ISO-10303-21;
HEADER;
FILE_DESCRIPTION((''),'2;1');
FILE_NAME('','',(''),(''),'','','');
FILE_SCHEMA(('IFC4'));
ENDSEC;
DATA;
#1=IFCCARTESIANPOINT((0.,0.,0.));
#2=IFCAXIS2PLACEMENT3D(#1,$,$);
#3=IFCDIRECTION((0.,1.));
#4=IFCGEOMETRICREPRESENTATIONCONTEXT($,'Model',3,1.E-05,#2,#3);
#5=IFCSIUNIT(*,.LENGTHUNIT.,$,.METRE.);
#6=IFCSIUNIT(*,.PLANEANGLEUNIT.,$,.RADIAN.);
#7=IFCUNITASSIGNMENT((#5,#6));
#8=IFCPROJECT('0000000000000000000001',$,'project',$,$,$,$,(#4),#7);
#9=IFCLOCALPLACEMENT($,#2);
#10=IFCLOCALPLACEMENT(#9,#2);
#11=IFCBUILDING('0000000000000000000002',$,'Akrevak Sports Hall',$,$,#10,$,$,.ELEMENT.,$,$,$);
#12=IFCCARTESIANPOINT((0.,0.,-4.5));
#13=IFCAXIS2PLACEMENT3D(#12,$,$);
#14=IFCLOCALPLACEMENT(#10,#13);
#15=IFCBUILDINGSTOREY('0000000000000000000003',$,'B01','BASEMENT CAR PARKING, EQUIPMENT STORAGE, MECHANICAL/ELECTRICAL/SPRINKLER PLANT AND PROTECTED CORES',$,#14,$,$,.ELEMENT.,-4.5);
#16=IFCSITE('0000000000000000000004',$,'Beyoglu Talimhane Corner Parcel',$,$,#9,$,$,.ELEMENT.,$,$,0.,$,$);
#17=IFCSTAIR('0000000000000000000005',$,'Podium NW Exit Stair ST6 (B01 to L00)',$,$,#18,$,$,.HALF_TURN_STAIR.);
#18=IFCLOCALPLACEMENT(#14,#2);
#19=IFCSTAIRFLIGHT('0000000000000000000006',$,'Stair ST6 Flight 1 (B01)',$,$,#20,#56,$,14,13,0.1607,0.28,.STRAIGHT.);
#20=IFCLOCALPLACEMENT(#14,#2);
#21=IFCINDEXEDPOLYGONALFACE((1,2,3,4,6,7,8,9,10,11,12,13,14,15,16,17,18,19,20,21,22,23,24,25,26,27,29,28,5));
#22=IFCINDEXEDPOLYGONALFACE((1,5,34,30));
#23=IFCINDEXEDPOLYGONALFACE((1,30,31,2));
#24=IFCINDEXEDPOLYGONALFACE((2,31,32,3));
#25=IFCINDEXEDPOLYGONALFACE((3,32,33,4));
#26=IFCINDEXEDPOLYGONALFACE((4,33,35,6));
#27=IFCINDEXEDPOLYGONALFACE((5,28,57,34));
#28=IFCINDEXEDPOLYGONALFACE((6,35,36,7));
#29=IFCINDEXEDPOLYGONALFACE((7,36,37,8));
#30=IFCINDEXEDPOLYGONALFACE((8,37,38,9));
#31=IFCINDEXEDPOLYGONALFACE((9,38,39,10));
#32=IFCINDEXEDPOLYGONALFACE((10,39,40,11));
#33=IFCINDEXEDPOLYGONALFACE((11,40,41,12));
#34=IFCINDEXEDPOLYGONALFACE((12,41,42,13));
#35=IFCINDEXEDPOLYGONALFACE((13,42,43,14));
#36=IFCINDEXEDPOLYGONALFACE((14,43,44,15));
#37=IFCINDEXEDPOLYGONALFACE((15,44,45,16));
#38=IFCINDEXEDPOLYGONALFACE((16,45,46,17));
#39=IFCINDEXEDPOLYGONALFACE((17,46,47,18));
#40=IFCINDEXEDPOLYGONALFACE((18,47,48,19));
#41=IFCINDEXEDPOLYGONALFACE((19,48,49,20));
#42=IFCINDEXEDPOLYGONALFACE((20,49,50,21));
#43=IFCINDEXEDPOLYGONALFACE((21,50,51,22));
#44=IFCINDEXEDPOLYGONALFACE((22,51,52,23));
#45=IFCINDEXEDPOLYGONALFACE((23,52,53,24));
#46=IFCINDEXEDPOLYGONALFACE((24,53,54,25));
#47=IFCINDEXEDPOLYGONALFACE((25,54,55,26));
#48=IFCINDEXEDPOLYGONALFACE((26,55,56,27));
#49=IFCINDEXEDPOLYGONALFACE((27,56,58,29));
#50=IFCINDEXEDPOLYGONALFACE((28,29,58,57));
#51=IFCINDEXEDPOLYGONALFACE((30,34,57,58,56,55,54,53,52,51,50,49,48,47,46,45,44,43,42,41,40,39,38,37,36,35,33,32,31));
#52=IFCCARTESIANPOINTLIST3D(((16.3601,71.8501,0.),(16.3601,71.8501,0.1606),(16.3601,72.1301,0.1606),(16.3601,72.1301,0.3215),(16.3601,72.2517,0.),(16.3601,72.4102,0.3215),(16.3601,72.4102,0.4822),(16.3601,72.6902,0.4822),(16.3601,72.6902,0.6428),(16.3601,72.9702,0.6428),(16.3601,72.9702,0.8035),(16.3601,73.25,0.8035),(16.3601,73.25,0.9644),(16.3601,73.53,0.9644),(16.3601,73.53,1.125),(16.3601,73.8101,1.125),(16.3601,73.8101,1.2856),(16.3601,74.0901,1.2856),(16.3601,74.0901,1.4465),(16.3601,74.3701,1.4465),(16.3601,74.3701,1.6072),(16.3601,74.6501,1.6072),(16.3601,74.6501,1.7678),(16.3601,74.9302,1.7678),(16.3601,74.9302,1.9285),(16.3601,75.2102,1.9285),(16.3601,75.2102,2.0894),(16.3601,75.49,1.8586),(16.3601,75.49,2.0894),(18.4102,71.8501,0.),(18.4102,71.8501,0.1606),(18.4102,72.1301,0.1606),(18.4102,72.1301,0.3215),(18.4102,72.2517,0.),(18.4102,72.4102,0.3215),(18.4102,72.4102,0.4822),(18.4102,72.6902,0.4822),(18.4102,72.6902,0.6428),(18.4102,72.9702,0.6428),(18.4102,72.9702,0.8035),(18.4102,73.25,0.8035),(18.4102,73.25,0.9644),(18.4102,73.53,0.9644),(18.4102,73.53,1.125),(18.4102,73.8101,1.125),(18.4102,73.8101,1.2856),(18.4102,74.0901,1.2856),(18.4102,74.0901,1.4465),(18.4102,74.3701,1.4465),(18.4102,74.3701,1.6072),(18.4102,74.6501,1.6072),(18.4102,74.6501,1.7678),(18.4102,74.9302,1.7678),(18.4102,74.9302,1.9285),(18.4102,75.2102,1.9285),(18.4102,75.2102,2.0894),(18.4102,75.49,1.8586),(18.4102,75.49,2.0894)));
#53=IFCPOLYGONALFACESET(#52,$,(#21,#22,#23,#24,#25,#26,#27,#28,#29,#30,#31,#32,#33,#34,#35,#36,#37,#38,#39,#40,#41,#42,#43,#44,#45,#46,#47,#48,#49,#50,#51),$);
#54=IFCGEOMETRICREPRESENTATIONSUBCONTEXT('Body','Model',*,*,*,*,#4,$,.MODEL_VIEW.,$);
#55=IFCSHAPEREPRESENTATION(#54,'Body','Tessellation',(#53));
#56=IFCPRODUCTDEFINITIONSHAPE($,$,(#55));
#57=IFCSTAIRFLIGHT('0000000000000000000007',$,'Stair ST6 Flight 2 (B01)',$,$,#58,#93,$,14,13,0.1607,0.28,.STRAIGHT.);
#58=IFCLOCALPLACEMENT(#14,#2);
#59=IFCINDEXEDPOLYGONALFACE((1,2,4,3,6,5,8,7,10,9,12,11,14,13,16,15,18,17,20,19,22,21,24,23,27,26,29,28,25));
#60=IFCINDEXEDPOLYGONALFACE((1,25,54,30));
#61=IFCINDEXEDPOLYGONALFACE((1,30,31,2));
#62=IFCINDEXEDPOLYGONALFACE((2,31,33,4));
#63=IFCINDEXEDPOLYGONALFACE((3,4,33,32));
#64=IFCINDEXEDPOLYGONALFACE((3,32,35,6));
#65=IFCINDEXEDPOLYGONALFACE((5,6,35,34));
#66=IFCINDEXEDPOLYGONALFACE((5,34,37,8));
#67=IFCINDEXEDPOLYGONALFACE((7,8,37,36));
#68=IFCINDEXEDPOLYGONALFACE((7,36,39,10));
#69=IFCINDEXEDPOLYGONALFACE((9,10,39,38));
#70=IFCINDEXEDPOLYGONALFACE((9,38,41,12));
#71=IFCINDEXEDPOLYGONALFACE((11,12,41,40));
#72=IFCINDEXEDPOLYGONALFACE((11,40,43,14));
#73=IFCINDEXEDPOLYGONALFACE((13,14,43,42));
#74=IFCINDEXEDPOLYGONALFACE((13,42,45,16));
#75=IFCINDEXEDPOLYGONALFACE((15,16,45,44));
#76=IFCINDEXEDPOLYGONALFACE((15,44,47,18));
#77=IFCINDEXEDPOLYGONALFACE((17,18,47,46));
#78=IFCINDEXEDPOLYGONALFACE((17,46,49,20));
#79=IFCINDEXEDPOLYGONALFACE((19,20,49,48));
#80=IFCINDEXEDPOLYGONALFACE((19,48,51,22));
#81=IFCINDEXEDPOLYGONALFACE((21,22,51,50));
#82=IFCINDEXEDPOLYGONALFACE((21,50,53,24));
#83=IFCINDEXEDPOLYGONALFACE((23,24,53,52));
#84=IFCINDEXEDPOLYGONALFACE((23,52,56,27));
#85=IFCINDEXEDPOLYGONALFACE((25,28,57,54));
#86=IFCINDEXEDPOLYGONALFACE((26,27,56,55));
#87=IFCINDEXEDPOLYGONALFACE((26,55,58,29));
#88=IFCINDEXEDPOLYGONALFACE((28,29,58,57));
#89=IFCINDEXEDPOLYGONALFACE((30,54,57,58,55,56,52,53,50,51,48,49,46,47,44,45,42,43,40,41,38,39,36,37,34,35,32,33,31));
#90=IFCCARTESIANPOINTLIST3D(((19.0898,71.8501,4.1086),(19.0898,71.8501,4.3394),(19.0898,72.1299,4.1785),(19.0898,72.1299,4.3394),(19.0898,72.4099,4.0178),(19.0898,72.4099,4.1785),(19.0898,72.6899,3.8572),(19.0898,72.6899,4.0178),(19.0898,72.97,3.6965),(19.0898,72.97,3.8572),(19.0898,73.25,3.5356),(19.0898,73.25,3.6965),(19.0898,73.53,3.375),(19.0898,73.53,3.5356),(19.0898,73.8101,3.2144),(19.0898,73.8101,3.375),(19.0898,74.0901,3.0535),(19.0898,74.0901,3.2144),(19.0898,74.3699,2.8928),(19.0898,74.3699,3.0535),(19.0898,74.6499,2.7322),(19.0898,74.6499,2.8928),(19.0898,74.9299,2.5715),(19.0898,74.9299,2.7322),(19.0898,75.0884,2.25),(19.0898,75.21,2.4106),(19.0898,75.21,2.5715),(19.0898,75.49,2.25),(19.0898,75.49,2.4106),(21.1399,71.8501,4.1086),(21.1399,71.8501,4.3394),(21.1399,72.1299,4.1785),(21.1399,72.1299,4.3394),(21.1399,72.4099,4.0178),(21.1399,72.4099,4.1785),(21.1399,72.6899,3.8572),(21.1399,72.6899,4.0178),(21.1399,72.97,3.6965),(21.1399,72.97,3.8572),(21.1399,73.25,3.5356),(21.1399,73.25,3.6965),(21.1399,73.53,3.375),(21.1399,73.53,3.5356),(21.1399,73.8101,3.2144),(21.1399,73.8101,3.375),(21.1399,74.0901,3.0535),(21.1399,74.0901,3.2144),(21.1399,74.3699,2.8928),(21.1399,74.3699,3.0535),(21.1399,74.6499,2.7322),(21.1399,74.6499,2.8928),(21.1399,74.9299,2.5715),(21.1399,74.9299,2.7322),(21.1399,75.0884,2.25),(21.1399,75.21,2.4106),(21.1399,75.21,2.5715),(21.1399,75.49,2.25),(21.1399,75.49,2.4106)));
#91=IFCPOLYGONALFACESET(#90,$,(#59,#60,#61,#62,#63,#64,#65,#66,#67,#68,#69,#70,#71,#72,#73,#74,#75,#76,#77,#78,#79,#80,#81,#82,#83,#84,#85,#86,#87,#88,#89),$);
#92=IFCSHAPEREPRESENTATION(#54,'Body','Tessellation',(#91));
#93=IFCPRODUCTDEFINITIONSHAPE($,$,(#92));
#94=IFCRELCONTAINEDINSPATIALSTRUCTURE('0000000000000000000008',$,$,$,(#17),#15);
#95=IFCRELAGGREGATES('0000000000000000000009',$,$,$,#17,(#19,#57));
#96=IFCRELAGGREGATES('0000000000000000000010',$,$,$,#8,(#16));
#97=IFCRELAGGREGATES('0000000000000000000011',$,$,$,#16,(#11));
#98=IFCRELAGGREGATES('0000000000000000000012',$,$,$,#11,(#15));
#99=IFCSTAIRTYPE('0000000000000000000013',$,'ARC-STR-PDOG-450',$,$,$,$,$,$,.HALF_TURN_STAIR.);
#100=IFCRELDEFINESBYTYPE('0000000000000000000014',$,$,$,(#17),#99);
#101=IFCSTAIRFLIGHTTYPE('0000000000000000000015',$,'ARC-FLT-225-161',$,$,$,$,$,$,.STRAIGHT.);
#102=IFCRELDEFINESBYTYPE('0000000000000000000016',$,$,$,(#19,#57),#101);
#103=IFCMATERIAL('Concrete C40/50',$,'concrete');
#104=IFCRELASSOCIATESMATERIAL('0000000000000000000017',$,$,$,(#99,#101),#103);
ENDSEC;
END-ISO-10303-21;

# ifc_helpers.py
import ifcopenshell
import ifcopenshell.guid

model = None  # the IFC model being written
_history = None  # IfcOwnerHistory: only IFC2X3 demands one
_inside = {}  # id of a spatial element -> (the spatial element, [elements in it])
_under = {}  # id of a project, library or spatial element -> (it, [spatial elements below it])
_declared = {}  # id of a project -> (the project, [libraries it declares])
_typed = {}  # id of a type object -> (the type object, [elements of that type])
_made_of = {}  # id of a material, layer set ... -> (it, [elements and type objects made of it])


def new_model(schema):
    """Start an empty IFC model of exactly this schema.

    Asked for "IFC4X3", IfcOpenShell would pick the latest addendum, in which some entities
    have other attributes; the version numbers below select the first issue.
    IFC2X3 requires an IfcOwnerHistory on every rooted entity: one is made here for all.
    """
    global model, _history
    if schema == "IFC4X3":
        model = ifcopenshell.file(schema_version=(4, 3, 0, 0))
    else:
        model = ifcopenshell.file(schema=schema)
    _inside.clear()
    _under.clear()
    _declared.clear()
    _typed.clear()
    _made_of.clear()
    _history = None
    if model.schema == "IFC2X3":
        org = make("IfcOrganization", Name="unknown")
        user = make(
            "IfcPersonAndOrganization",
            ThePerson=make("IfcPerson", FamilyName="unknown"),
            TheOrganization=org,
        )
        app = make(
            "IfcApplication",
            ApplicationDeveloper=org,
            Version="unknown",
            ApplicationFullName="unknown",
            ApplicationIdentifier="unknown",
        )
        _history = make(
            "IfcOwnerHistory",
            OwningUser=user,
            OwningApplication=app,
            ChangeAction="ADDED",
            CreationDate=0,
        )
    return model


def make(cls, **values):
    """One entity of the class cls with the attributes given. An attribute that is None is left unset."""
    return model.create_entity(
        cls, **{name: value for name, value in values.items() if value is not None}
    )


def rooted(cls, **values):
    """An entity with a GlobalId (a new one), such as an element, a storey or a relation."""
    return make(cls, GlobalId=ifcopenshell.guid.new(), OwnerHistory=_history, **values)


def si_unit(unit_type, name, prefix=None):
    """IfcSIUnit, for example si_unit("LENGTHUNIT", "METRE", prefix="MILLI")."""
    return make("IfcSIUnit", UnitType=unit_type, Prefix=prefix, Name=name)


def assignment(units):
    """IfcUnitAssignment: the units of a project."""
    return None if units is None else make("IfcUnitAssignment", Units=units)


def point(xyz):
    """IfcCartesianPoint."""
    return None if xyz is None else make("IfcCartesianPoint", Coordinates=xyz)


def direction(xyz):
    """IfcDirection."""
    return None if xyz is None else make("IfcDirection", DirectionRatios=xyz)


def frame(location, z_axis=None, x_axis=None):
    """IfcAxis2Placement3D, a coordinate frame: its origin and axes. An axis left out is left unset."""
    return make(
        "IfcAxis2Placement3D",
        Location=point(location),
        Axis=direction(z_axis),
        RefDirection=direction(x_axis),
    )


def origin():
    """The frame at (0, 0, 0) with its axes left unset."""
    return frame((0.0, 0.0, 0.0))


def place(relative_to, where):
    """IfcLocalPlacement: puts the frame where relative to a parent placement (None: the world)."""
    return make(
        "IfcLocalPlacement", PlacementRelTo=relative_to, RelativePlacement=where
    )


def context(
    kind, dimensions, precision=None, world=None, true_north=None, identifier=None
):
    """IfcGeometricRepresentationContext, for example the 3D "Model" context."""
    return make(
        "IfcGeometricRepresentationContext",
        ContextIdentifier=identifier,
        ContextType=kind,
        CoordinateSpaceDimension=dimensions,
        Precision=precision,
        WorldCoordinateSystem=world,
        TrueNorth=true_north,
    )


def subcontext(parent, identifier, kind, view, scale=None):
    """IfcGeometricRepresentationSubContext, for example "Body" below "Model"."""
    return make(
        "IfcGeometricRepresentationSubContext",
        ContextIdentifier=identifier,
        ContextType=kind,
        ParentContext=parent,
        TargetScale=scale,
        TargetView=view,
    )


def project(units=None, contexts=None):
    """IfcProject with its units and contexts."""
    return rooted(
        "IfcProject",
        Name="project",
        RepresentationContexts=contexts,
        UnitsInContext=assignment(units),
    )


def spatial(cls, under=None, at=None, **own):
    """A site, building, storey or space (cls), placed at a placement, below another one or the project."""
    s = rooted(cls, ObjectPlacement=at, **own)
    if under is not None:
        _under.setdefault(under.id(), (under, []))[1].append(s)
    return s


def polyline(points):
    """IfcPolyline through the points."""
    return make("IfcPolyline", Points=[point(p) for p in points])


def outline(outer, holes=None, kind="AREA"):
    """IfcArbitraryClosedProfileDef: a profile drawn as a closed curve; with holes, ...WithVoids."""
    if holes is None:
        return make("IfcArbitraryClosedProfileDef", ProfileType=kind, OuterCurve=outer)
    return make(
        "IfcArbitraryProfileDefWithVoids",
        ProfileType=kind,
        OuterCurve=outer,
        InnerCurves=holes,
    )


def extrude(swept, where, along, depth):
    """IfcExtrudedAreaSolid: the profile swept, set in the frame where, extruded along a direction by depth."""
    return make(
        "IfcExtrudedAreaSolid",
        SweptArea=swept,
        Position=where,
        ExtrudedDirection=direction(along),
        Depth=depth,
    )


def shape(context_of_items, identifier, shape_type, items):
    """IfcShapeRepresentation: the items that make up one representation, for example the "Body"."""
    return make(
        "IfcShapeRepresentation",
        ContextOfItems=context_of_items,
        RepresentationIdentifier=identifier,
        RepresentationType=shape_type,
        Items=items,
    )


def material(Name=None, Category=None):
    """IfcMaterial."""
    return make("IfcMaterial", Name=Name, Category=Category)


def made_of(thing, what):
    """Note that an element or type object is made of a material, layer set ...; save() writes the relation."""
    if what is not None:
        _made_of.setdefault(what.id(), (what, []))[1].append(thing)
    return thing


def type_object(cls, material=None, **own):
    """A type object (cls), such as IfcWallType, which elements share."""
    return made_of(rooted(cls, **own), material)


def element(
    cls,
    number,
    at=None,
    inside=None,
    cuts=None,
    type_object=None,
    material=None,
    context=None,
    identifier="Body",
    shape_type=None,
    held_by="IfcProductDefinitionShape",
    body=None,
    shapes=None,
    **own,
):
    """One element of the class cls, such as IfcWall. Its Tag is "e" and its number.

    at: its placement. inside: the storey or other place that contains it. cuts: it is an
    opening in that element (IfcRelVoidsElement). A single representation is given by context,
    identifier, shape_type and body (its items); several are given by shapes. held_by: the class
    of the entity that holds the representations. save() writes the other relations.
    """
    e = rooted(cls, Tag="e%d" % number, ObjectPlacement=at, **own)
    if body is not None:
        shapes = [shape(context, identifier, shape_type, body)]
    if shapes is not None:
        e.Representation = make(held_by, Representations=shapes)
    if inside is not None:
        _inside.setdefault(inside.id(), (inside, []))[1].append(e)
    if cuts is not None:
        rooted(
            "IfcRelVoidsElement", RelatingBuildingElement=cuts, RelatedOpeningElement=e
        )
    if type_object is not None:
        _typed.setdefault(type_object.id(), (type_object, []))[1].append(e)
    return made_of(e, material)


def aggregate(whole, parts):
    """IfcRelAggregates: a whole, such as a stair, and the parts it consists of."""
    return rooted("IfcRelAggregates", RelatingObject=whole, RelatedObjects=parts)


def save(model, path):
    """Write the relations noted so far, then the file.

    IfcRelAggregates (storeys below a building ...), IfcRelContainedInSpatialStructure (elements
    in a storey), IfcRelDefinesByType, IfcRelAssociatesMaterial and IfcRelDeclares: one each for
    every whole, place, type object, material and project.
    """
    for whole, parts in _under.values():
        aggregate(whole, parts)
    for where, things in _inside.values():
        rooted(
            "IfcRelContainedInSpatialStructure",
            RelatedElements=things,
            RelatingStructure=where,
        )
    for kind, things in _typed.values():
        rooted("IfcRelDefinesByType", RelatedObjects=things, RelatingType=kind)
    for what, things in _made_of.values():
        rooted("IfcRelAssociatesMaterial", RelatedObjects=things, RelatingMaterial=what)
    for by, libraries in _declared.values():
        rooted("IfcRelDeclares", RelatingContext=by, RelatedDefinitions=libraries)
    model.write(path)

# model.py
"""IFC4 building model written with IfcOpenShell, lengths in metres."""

from ifc_helpers import new_model, si_unit, direction, frame, origin, place, context, subcontext, project, spatial, polyline, outline, extrude, material, type_object, element, aggregate, save


model = new_model("IFC4")

# Units and contexts
model_context = context("Model", 3, precision=1e-05, world=origin(), true_north=direction((0.0, 1.0)))
body_context = subcontext(model_context, "Body", "Model", "MODEL_VIEW")
ifc_project = project(units=[si_unit("LENGTHUNIT", "METRE"), si_unit("PLANEANGLEUNIT", "RADIAN")], contexts=[model_context])

# Site, building, storey
site_placement = place(None, origin())
site = spatial("IfcSite", under=ifc_project, at=site_placement, Name="Beyoglu Talimhane Corner Parcel", CompositionType="ELEMENT", RefElevation=0.0)
building_placement = place(site_placement, origin())
building = spatial("IfcBuilding", under=site, at=building_placement, Name="Akrevak Sports Hall", CompositionType="ELEMENT")
storey_placement = place(building_placement, frame((0.0, 0.0, -4.5)))
storey = spatial("IfcBuildingStorey", under=building, at=storey_placement, Name="B01", Description="BASEMENT CAR PARKING, EQUIPMENT STORAGE, MECHANICAL/ELECTRICAL/SPRINKLER PLANT AND PROTECTED CORES", CompositionType="ELEMENT", Elevation=-4.5)

# Shared definitions
ifc_material_1 = material(Name="Concrete C40/50", Category="concrete")

# Stair, stair flights
stair_type = type_object("IfcStairType", Name="ARC-STR-PDOG-450", PredefinedType="HALF_TURN_STAIR", material=ifc_material_1)
stair_placement = place(storey_placement, origin())
stair = element("IfcStair", 1, at=stair_placement, inside=storey, type_object=stair_type, Name="Podium NW Exit Stair ST6 (B01 to L00)", PredefinedType="HALF_TURN_STAIR")
stair_flight_type = type_object("IfcStairFlightType", Name="ARC-FLT-225-161", PredefinedType="STRAIGHT", material=ifc_material_1)
stair_flight_1_placement = place(storey_placement, frame((17.385, 71.8501, 0.0), z_axis=(0.0, 0.0, 1.0), x_axis=(0.0, 1.0, 0.0)))
stair_flight_1 = element("IfcStairFlight", 2, at=stair_flight_1_placement, type_object=stair_flight_type, Name="Stair ST6 Flight 1 (B01)", NumberOfRisers=14, NumberOfTreads=13, PredefinedType="STRAIGHT", RiserHeight=0.1607, TreadLength=0.28, context=body_context, shape_type="SweptSolid", body=[
    extrude(outline(polyline([(0.0, 0.0), (0.0, 0.1606), (0.28, 0.1606), (0.28, 0.3215), (0.5601, 0.3215), (0.5601, 0.4822), (0.8401, 0.4822), (0.8401, 0.6428), (1.1201, 0.6428), (1.1201, 0.8035), (1.3999, 0.8035), (1.3999, 0.9644), (1.6799, 0.9644), (1.6799, 1.125), (1.96, 1.125), (1.96, 1.2856), (2.24, 1.2856), (2.24, 1.4465), (2.52, 1.4465), (2.52, 1.6072), (2.8, 1.6072), (2.8, 1.7678), (3.0801, 1.7678), (3.0801, 1.9285), (3.3601, 1.9285), (3.3601, 2.0894), (3.6399, 2.0894), (3.6399, 2.25), (3.6399, 1.8586), (0.4016, 0.0), (0.0, 0.0)])), frame((0.0, 1.0249, 0.0), z_axis=(0.0, -1.0, 0.0), x_axis=(1.0, 0.0, 0.0)), (0.0, 0.0, 1.0), 2.05),
])
stair_flight_2_placement = place(storey_placement, frame((20.115, 75.49, 2.25), z_axis=(0.0, 0.0, 1.0), x_axis=(0.0, -1.0, 0.0)))
stair_flight_2 = element("IfcStairFlight", 3, at=stair_flight_2_placement, type_object=stair_flight_type, Name="Stair ST6 Flight 2 (B01)", NumberOfRisers=14, NumberOfTreads=13, PredefinedType="STRAIGHT", RiserHeight=0.1607, TreadLength=0.28, context=body_context, shape_type="SweptSolid", body=[
    extrude(outline(polyline([(0.0, 0.0), (0.0, 0.1606), (0.28, 0.1606), (0.28, 0.3215), (0.5601, 0.3215), (0.5601, 0.4822), (0.8401, 0.4822), (0.8401, 0.6428), (1.1201, 0.6428), (1.1201, 0.8035), (1.3999, 0.8035), (1.3999, 0.9644), (1.6799, 0.9644), (1.6799, 1.125), (1.96, 1.125), (1.96, 1.2856), (2.24, 1.2856), (2.24, 1.4465), (2.52, 1.4465), (2.52, 1.6072), (2.8, 1.6072), (2.8, 1.7678), (3.0801, 1.7678), (3.0801, 1.9285), (3.3601, 1.9285), (3.3601, 2.0894), (3.6399, 2.0894), (3.6399, 2.25), (3.6399, 1.8586), (0.4016, 0.0), (0.0, 0.0)])), frame((0.0, 1.0249, 0.0), z_axis=(0.0, -1.0, 0.0), x_axis=(1.0, 0.0, 0.0)), (0.0, 0.0, 1.0), 2.05),
])
aggregate(stair, [stair_flight_1, stair_flight_2])

save(model, "model.ifc")
